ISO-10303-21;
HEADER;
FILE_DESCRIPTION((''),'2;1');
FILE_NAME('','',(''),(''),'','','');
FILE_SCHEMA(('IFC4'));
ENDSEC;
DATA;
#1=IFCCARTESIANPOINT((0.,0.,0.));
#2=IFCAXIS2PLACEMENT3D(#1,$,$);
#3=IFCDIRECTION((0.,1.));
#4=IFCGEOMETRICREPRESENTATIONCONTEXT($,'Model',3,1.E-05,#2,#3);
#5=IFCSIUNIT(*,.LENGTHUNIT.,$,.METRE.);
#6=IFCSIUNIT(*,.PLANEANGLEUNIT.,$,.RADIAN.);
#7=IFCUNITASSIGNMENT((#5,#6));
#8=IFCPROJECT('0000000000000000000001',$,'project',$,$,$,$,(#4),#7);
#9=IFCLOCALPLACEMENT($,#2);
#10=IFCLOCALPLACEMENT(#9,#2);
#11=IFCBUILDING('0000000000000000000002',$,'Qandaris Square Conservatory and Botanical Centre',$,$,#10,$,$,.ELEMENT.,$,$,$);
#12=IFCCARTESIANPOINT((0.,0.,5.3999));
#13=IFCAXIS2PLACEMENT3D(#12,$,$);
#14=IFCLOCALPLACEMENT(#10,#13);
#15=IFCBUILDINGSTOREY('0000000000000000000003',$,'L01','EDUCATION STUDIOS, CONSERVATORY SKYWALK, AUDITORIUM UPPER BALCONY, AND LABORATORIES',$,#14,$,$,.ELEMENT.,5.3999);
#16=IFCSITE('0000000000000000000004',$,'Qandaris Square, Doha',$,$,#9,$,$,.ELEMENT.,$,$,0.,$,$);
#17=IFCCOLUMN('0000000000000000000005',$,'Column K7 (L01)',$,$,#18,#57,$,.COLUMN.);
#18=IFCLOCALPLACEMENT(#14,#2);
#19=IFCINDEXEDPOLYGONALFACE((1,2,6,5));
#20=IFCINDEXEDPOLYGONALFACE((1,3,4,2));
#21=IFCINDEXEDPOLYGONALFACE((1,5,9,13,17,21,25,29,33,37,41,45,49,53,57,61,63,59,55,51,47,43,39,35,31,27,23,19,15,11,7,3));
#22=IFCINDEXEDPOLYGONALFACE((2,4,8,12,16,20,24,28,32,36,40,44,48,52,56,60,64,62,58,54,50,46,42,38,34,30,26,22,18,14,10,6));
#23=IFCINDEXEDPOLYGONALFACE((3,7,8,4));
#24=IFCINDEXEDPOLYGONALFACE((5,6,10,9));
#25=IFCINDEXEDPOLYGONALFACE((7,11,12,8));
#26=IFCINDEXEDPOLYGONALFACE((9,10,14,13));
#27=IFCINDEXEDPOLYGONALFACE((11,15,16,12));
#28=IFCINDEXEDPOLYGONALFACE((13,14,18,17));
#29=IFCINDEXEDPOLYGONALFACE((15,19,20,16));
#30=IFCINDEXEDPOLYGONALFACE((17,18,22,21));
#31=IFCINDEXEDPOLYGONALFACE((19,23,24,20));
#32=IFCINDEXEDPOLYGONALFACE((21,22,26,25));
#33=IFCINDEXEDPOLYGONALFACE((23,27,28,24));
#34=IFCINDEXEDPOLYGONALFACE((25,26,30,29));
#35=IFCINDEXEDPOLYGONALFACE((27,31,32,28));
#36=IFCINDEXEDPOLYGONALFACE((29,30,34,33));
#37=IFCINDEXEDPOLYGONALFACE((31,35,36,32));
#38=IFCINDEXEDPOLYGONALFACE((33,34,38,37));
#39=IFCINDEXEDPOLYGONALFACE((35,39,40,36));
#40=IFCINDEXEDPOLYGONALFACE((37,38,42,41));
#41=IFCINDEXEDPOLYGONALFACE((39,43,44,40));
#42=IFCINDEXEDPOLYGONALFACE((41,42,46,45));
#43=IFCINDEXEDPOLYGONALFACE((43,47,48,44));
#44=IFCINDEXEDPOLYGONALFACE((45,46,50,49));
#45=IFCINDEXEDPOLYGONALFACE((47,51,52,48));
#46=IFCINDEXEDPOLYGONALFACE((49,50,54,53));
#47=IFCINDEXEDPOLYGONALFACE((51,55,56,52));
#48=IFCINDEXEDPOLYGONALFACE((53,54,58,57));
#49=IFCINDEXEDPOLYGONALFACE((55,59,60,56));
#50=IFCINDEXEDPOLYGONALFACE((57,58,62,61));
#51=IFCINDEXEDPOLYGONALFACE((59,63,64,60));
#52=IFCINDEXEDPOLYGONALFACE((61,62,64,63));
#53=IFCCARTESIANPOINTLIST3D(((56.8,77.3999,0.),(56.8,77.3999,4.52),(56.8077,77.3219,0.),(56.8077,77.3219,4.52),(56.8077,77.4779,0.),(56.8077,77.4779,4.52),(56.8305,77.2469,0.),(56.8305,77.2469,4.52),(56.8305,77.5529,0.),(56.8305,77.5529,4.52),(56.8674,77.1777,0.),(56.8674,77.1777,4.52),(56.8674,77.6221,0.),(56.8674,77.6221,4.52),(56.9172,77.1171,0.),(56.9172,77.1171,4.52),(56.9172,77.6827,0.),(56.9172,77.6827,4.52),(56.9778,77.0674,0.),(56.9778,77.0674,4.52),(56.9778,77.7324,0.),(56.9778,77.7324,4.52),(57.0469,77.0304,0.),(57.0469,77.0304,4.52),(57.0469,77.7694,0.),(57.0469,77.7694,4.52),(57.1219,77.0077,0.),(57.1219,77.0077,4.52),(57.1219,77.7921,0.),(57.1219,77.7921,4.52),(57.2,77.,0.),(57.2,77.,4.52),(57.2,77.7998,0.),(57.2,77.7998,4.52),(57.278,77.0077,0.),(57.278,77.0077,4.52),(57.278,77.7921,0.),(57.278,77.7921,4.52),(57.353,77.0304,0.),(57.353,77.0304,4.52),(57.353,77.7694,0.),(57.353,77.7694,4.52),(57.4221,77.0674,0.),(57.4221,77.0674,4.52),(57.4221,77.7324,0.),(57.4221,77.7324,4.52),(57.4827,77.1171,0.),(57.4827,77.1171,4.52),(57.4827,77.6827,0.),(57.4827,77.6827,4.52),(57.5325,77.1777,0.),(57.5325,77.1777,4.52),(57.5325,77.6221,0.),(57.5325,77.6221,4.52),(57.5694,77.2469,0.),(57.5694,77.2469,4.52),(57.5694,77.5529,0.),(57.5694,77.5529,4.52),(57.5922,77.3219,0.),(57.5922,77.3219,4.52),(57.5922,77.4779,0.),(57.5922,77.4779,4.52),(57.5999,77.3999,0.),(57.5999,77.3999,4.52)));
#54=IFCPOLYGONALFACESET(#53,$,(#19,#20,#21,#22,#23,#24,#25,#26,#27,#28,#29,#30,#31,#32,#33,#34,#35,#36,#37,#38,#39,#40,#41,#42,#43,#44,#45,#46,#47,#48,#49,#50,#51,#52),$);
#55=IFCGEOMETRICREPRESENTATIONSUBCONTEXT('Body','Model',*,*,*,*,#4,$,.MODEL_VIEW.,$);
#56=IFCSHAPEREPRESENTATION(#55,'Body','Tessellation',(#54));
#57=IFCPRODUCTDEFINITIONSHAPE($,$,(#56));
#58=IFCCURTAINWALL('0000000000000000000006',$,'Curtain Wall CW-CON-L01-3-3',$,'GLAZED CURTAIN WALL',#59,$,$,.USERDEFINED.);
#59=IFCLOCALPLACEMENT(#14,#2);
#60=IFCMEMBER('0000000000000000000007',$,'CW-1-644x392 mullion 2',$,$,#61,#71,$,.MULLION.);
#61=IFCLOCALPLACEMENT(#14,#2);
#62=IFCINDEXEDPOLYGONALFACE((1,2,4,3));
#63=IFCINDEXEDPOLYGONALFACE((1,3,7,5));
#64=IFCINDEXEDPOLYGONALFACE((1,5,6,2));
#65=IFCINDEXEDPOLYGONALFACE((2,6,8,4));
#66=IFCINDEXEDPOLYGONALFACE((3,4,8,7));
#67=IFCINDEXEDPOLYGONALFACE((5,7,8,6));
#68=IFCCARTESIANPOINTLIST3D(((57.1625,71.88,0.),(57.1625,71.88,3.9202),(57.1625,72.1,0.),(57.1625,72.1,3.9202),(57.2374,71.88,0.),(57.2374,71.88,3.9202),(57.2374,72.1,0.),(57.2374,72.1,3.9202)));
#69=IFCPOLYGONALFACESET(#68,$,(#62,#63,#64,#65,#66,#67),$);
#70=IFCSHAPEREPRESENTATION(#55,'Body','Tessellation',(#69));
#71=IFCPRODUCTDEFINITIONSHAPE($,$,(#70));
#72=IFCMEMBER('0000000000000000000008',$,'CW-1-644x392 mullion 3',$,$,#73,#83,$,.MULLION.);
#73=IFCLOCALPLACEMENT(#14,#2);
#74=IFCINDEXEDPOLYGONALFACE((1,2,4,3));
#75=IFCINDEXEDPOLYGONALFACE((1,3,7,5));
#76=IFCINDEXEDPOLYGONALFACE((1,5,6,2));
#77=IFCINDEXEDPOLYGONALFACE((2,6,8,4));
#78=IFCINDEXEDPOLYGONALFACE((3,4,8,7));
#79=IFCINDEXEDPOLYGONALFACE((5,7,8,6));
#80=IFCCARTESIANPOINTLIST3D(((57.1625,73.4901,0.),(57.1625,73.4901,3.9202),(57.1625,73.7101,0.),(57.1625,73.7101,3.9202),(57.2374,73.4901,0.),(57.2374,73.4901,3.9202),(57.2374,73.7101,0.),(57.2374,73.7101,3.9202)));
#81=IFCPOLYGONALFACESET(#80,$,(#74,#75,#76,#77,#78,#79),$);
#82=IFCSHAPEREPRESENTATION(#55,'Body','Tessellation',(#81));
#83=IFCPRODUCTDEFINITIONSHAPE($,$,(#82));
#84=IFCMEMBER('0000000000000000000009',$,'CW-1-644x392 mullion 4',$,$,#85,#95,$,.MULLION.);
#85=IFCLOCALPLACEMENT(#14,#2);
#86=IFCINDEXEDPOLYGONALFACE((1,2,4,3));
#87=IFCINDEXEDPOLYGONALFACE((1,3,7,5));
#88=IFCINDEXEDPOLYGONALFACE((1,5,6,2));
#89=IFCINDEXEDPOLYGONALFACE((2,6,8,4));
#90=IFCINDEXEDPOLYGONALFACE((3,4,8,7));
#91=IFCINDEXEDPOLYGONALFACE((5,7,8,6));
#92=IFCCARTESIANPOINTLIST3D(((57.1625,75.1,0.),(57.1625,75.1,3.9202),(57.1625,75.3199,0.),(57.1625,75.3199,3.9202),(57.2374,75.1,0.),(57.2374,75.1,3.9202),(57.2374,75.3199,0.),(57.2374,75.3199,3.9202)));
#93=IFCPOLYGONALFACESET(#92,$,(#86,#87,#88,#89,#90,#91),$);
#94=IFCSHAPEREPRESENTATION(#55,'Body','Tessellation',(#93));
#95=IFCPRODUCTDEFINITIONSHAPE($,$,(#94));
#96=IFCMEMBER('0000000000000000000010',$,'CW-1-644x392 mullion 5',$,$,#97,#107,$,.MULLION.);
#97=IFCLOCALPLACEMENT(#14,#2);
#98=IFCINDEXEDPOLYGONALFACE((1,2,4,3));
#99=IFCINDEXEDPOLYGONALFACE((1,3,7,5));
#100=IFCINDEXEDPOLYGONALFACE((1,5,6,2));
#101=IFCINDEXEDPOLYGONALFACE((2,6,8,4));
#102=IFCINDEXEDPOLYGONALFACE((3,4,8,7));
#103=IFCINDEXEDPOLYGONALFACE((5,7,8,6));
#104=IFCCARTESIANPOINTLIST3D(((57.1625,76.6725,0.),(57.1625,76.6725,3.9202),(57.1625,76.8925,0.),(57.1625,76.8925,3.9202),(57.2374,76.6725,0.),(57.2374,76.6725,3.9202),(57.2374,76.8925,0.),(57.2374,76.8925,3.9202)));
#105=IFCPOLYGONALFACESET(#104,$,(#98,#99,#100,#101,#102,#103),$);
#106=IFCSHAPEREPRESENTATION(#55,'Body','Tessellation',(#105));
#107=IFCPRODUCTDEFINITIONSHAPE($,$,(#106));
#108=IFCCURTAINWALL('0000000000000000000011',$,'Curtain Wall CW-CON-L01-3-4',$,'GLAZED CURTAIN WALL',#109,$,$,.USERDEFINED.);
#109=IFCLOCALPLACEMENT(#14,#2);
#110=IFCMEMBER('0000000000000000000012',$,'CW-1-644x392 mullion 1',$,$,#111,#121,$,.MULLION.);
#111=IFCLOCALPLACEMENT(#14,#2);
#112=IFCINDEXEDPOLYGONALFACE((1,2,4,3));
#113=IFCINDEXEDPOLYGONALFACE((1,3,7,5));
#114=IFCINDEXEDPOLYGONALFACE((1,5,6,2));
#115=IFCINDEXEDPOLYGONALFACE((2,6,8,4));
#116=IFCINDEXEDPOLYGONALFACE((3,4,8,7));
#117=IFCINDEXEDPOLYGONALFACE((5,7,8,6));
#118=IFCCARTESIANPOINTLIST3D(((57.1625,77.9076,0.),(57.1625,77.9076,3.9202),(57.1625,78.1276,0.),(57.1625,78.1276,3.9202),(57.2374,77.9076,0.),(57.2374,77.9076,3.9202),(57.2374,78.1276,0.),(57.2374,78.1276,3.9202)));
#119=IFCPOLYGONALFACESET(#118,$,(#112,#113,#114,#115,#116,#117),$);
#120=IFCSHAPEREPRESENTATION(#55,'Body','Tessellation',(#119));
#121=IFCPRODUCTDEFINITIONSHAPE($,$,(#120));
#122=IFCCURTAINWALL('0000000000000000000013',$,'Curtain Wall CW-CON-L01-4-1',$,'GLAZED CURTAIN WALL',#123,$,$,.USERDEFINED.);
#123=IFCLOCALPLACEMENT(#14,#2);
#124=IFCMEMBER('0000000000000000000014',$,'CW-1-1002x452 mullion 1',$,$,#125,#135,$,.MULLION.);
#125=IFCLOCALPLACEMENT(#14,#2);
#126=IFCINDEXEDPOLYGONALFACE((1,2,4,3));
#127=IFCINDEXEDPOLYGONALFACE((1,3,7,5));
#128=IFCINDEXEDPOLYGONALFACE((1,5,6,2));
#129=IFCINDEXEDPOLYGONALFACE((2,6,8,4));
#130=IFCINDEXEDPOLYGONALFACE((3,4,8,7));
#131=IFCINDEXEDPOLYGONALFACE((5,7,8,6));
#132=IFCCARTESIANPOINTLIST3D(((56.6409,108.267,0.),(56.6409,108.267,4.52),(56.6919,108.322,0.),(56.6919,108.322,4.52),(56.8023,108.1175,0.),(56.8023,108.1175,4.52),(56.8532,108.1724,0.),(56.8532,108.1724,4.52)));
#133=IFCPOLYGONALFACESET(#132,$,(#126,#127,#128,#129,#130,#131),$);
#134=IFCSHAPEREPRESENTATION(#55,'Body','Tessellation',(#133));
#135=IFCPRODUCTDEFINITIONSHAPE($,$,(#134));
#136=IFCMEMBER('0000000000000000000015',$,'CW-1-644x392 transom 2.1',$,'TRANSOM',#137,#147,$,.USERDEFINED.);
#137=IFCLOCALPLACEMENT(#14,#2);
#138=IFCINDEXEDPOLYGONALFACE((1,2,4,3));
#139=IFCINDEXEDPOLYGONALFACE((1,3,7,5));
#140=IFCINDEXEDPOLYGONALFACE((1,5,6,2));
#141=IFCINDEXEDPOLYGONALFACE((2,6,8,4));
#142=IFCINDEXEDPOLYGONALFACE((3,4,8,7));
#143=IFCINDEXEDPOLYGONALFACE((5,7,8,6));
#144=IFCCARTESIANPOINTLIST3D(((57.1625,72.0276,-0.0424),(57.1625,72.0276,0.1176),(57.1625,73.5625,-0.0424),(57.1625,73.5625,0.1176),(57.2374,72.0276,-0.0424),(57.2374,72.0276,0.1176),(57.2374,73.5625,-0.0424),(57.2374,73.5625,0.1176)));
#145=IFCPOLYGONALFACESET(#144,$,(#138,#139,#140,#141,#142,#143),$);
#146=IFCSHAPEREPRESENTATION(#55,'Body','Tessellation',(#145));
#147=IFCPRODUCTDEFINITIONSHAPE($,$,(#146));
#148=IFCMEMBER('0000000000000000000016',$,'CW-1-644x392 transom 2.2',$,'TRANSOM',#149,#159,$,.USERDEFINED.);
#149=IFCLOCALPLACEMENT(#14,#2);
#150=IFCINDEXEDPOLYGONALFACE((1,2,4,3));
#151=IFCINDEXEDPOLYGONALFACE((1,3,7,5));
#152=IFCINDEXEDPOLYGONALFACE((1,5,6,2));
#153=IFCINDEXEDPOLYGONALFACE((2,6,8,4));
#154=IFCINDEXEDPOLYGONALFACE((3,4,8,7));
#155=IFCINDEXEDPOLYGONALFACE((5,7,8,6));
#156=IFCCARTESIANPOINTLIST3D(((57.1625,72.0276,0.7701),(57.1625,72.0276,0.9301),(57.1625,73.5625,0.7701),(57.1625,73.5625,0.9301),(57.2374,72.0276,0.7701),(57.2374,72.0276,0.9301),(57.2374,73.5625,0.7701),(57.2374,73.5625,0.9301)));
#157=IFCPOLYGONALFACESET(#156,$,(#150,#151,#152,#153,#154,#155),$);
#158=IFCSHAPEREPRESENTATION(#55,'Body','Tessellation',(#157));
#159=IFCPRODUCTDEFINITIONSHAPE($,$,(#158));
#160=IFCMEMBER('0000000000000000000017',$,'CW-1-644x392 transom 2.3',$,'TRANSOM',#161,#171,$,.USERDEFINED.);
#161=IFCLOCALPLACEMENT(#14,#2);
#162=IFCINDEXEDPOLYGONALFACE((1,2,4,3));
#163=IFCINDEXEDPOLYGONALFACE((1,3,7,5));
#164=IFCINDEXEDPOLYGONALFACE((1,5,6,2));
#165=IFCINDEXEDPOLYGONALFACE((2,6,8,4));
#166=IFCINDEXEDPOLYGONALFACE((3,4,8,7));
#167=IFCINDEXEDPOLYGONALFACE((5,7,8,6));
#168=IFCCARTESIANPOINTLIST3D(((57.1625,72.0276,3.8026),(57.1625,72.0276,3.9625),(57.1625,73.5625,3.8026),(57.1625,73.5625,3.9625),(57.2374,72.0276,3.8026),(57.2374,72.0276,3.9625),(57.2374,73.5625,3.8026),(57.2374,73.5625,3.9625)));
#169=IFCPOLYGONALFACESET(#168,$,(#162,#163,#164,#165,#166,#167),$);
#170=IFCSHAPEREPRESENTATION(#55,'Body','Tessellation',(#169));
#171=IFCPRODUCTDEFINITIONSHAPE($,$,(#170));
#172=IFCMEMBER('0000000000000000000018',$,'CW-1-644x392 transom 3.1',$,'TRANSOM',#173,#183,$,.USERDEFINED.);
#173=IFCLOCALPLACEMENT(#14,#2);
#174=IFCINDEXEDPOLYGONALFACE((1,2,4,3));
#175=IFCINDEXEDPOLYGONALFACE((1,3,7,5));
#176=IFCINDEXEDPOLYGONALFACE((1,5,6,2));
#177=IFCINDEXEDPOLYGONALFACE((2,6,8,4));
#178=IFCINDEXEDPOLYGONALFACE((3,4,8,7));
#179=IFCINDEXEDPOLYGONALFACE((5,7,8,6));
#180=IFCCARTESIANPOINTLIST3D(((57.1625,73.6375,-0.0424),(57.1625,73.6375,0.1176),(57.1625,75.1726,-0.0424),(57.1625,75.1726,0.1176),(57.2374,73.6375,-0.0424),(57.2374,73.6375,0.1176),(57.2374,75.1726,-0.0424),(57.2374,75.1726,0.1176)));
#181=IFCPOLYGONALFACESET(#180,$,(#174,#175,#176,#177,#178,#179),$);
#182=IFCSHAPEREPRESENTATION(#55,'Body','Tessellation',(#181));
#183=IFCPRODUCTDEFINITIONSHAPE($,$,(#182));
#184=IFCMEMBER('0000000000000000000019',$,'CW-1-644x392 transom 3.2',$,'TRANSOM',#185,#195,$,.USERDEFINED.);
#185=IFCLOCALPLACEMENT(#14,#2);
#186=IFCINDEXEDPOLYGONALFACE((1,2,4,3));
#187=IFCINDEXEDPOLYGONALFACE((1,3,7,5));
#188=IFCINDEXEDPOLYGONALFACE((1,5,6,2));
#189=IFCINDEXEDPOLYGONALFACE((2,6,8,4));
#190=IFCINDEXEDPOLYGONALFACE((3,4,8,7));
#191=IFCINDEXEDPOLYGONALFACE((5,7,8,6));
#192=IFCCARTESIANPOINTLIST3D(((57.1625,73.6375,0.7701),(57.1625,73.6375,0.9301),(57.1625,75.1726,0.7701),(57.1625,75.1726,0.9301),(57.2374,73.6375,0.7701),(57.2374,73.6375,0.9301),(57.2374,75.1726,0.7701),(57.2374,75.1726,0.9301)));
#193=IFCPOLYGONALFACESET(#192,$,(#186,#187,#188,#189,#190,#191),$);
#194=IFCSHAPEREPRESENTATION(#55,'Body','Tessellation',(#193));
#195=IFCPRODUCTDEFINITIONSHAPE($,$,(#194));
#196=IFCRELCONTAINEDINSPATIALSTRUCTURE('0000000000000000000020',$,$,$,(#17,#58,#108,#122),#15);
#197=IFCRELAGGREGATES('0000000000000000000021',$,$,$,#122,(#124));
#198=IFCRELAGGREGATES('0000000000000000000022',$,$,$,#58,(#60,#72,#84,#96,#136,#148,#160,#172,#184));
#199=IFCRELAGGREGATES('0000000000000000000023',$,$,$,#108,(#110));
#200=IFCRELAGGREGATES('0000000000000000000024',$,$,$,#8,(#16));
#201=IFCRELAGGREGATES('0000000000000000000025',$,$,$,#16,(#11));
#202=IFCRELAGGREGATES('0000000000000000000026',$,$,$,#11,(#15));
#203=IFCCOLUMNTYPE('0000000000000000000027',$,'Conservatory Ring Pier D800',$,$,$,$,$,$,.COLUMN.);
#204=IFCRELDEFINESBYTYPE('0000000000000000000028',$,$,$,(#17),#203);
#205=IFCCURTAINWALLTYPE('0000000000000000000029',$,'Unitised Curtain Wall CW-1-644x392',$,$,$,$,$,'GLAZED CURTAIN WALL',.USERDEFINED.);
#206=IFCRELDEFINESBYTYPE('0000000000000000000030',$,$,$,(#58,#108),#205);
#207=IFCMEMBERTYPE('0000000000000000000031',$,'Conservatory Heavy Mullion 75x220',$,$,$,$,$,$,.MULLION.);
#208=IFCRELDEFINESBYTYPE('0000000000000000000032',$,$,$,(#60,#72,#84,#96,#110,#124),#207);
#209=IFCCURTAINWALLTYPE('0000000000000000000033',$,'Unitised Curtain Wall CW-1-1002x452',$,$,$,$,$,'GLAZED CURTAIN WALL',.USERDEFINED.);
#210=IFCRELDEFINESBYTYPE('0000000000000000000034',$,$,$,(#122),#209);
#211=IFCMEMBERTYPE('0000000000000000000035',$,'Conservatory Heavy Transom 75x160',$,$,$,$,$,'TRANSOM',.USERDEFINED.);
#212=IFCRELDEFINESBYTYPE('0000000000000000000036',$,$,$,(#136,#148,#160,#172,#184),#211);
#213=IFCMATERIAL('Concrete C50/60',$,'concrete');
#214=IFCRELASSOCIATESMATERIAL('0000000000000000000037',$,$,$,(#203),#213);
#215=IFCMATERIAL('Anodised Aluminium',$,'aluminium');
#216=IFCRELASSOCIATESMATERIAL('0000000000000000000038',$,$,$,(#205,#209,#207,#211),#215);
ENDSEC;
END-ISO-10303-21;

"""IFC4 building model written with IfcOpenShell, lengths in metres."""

from ifc_helpers import new_model, si_unit, direction, frame, origin, origin_2d, place, context, subcontext, project, spatial, rectangle, circle, extrude, material, material_profile, profile_set, type_object, element, aggregate, save


model = new_model("IFC4")

# Units and contexts
model_context = context("Model", 3, precision=1e-05, world=origin(), true_north=direction((0.0, 1.0)))
body_context = subcontext(model_context, "Body", "Model", "MODEL_VIEW")
ifc_project = project(units=[si_unit("LENGTHUNIT", "METRE"), si_unit("PLANEANGLEUNIT", "RADIAN")], contexts=[model_context])

# Site, building, storey
site_placement = place(None, origin())
site = spatial("IfcSite", under=ifc_project, at=site_placement, Name="Qandaris Square, Doha", CompositionType="ELEMENT", RefElevation=0.0)
building_placement = place(site_placement, origin())
building = spatial("IfcBuilding", under=site, at=building_placement, Name="Qandaris Square Conservatory and Botanical Centre", CompositionType="ELEMENT")
storey_placement = place(building_placement, frame((0.0, 0.0, 5.3999)))
storey = spatial("IfcBuildingStorey", under=building, at=storey_placement, Name="L01", Description="EDUCATION STUDIOS, CONSERVATORY SKYWALK, AUDITORIUM UPPER BALCONY, AND LABORATORIES", CompositionType="ELEMENT", Elevation=5.3999)

# Column
ifc_material_1 = material(Name="Concrete C50/60", Category="concrete")
ifc_material_profile_1 = material_profile(ifc_material_1, circle(Radius=0.3999, at=origin_2d()), Name="RC-COL D800")
ifc_profile_set_1 = profile_set([ifc_material_profile_1], Name="Concrete C50/60")
column_type = type_object("IfcColumnType", Name="Conservatory Ring Pier D800", PredefinedType="COLUMN", material=ifc_profile_set_1)
column_placement = place(storey_placement, frame((57.2, 77.3999, 0.0), z_axis=(0.0, 0.0, 1.0), x_axis=(1.0, 0.0, 0.0)))
element("IfcColumn", 1, at=column_placement, inside=storey, type_object=column_type, Name="Column K7 (L01)", PredefinedType="COLUMN", context=body_context, shape_type="SweptSolid", body=[
    extrude(circle(Radius=0.3999, at=origin_2d()), origin(), (0.0, 0.0, 1.0), 4.52),
])

# Curtain wall, members
ifc_material_2 = material(Name="Anodised Aluminium", Category="aluminium")
curtain_wall_type_1 = type_object("IfcCurtainWallType", Name="Unitised Curtain Wall CW-1-644x392", ElementType="GLAZED CURTAIN WALL", PredefinedType="USERDEFINED", material=ifc_material_2)
curtain_wall_1_placement = place(storey_placement, origin())
curtain_wall_1 = element("IfcCurtainWall", 2, at=curtain_wall_1_placement, inside=storey, type_object=curtain_wall_type_1, Name="Curtain Wall CW-CON-L01-3-3", ObjectType="GLAZED CURTAIN WALL", PredefinedType="USERDEFINED")
ifc_material_profile_2 = material_profile(ifc_material_2, rectangle(XDim=0.075, YDim=0.22, at=origin_2d()), Name="ALU-MUL 75x220")
ifc_profile_set_2 = profile_set([ifc_material_profile_2], Name="Anodised Aluminium")
member_type_1 = type_object("IfcMemberType", Name="Conservatory Heavy Mullion 75x220", PredefinedType="MULLION", material=ifc_profile_set_2)
member_1_placement = place(storey_placement, frame((57.2, 71.99, 0.0), z_axis=(0.0, 0.0, 1.0), x_axis=(-1.0, 0.0, 0.0)))
member_1 = element("IfcMember", 3, at=member_1_placement, type_object=member_type_1, Name="CW-1-644x392 mullion 2", PredefinedType="MULLION", context=body_context, shape_type="SweptSolid", body=[
    extrude(rectangle(XDim=0.075, YDim=0.22, at=origin_2d()), origin(), (0.0, 0.0, 1.0), 3.9202),
])
member_2_placement = place(storey_placement, frame((57.2, 73.6001, 0.0), z_axis=(0.0, 0.0, 1.0), x_axis=(-1.0, 0.0, 0.0)))
member_2 = element("IfcMember", 4, at=member_2_placement, type_object=member_type_1, Name="CW-1-644x392 mullion 3", PredefinedType="MULLION", context=body_context, shape_type="SweptSolid", body=[
    extrude(rectangle(XDim=0.075, YDim=0.22, at=origin_2d()), origin(), (0.0, 0.0, 1.0), 3.9202),
])
member_3_placement = place(storey_placement, frame((57.2, 75.21, 0.0), z_axis=(0.0, 0.0, 1.0), x_axis=(-1.0, 0.0, 0.0)))
member_3 = element("IfcMember", 5, at=member_3_placement, type_object=member_type_1, Name="CW-1-644x392 mullion 4", PredefinedType="MULLION", context=body_context, shape_type="SweptSolid", body=[
    extrude(rectangle(XDim=0.075, YDim=0.22, at=origin_2d()), origin(), (0.0, 0.0, 1.0), 3.9202),
])
member_4_placement = place(storey_placement, frame((57.2, 76.7825, 0.0), z_axis=(0.0, 0.0, 1.0), x_axis=(-1.0, 0.0, 0.0)))
member_4 = element("IfcMember", 6, at=member_4_placement, type_object=member_type_1, Name="CW-1-644x392 mullion 5", PredefinedType="MULLION", context=body_context, shape_type="SweptSolid", body=[
    extrude(rectangle(XDim=0.075, YDim=0.22, at=origin_2d()), origin(), (0.0, 0.0, 1.0), 3.9202),
])

# Curtain walls, members
curtain_wall_2_placement = place(storey_placement, origin())
curtain_wall_2 = element("IfcCurtainWall", 7, at=curtain_wall_2_placement, inside=storey, type_object=curtain_wall_type_1, Name="Curtain Wall CW-CON-L01-3-4", ObjectType="GLAZED CURTAIN WALL", PredefinedType="USERDEFINED")
member_5_placement = place(storey_placement, frame((57.2, 78.0176, 0.0), z_axis=(0.0, 0.0, 1.0), x_axis=(-1.0, 0.0, 0.0)))
member_5 = element("IfcMember", 8, at=member_5_placement, type_object=member_type_1, Name="CW-1-644x392 mullion 1", PredefinedType="MULLION", context=body_context, shape_type="SweptSolid", body=[
    extrude(rectangle(XDim=0.075, YDim=0.22, at=origin_2d()), origin(), (0.0, 0.0, 1.0), 3.9202),
])
curtain_wall_type_2 = type_object("IfcCurtainWallType", Name="Unitised Curtain Wall CW-1-1002x452", ElementType="GLAZED CURTAIN WALL", PredefinedType="USERDEFINED", material=ifc_material_2)
curtain_wall_3_placement = place(storey_placement, origin())
curtain_wall_3 = element("IfcCurtainWall", 9, at=curtain_wall_3_placement, inside=storey, type_object=curtain_wall_type_2, Name="Curtain Wall CW-CON-L01-4-1", ObjectType="GLAZED CURTAIN WALL", PredefinedType="USERDEFINED")
member_6_placement = place(storey_placement, frame((56.7471, 108.2197, 0.0), z_axis=(0.0, 0.0, 1.0), x_axis=(-0.679762, -0.733433, 0.0)))
member_6 = element("IfcMember", 10, at=member_6_placement, type_object=member_type_1, Name="CW-1-1002x452 mullion 1", PredefinedType="MULLION", context=body_context, shape_type="SweptSolid", body=[
    extrude(rectangle(XDim=0.075, YDim=0.22, at=origin_2d()), origin(), (0.0, 0.0, 1.0), 4.52),
])

# Members
ifc_material_profile_3 = material_profile(ifc_material_2, rectangle(XDim=0.075, YDim=0.1599, at=origin_2d()), Name="ALU-TRN 75x160")
ifc_profile_set_3 = profile_set([ifc_material_profile_3], Name="Anodised Aluminium")
member_type_2 = type_object("IfcMemberType", Name="Conservatory Heavy Transom 75x160", ElementType="TRANSOM", PredefinedType="USERDEFINED", material=ifc_profile_set_3)
member_7_placement = place(storey_placement, frame((57.2, 72.0276, 0.0376), z_axis=(0.0, 1.0, 0.0), x_axis=(-1.0, 0.0, 0.0)))
member_7 = element("IfcMember", 11, at=member_7_placement, type_object=member_type_2, Name="CW-1-644x392 transom 2.1", ObjectType="TRANSOM", PredefinedType="USERDEFINED", context=body_context, shape_type="SweptSolid", body=[
    extrude(rectangle(XDim=0.075, YDim=0.1599, at=origin_2d()), origin(), (0.0, 0.0, 1.0), 1.5349),
])
member_8_placement = place(storey_placement, frame((57.2, 72.0276, 0.8501), z_axis=(0.0, 1.0, 0.0), x_axis=(-1.0, 0.0, 0.0)))
member_8 = element("IfcMember", 12, at=member_8_placement, type_object=member_type_2, Name="CW-1-644x392 transom 2.2", ObjectType="TRANSOM", PredefinedType="USERDEFINED", context=body_context, shape_type="SweptSolid", body=[
    extrude(rectangle(XDim=0.075, YDim=0.1599, at=origin_2d()), origin(), (0.0, 0.0, 1.0), 1.5349),
])
member_9_placement = place(storey_placement, frame((57.2, 72.0276, 3.8826), z_axis=(0.0, 1.0, 0.0), x_axis=(-1.0, 0.0, 0.0)))
member_9 = element("IfcMember", 13, at=member_9_placement, type_object=member_type_2, Name="CW-1-644x392 transom 2.3", ObjectType="TRANSOM", PredefinedType="USERDEFINED", context=body_context, shape_type="SweptSolid", body=[
    extrude(rectangle(XDim=0.075, YDim=0.1599, at=origin_2d()), origin(), (0.0, 0.0, 1.0), 1.5349),
])
member_10_placement = place(storey_placement, frame((57.2, 73.6375, 0.0376), z_axis=(0.0, 1.0, 0.0), x_axis=(-1.0, 0.0, 0.0)))
member_10 = element("IfcMember", 14, at=member_10_placement, type_object=member_type_2, Name="CW-1-644x392 transom 3.1", ObjectType="TRANSOM", PredefinedType="USERDEFINED", context=body_context, shape_type="SweptSolid", body=[
    extrude(rectangle(XDim=0.075, YDim=0.1599, at=origin_2d()), origin(), (0.0, 0.0, 1.0), 1.5352),
])
member_11_placement = place(storey_placement, frame((57.2, 73.6375, 0.8501), z_axis=(0.0, 1.0, 0.0), x_axis=(-1.0, 0.0, 0.0)))
member_11 = element("IfcMember", 15, at=member_11_placement, type_object=member_type_2, Name="CW-1-644x392 transom 3.2", ObjectType="TRANSOM", PredefinedType="USERDEFINED", context=body_context, shape_type="SweptSolid", body=[
    extrude(rectangle(XDim=0.075, YDim=0.1599, at=origin_2d()), origin(), (0.0, 0.0, 1.0), 1.5352),
])
aggregate(curtain_wall_3, [member_6])

aggregate(curtain_wall_1, [member_1, member_2, member_3, member_4, member_7, member_8, member_9, member_10, member_11])
aggregate(curtain_wall_2, [member_5])

save(model, "model.ifc")
